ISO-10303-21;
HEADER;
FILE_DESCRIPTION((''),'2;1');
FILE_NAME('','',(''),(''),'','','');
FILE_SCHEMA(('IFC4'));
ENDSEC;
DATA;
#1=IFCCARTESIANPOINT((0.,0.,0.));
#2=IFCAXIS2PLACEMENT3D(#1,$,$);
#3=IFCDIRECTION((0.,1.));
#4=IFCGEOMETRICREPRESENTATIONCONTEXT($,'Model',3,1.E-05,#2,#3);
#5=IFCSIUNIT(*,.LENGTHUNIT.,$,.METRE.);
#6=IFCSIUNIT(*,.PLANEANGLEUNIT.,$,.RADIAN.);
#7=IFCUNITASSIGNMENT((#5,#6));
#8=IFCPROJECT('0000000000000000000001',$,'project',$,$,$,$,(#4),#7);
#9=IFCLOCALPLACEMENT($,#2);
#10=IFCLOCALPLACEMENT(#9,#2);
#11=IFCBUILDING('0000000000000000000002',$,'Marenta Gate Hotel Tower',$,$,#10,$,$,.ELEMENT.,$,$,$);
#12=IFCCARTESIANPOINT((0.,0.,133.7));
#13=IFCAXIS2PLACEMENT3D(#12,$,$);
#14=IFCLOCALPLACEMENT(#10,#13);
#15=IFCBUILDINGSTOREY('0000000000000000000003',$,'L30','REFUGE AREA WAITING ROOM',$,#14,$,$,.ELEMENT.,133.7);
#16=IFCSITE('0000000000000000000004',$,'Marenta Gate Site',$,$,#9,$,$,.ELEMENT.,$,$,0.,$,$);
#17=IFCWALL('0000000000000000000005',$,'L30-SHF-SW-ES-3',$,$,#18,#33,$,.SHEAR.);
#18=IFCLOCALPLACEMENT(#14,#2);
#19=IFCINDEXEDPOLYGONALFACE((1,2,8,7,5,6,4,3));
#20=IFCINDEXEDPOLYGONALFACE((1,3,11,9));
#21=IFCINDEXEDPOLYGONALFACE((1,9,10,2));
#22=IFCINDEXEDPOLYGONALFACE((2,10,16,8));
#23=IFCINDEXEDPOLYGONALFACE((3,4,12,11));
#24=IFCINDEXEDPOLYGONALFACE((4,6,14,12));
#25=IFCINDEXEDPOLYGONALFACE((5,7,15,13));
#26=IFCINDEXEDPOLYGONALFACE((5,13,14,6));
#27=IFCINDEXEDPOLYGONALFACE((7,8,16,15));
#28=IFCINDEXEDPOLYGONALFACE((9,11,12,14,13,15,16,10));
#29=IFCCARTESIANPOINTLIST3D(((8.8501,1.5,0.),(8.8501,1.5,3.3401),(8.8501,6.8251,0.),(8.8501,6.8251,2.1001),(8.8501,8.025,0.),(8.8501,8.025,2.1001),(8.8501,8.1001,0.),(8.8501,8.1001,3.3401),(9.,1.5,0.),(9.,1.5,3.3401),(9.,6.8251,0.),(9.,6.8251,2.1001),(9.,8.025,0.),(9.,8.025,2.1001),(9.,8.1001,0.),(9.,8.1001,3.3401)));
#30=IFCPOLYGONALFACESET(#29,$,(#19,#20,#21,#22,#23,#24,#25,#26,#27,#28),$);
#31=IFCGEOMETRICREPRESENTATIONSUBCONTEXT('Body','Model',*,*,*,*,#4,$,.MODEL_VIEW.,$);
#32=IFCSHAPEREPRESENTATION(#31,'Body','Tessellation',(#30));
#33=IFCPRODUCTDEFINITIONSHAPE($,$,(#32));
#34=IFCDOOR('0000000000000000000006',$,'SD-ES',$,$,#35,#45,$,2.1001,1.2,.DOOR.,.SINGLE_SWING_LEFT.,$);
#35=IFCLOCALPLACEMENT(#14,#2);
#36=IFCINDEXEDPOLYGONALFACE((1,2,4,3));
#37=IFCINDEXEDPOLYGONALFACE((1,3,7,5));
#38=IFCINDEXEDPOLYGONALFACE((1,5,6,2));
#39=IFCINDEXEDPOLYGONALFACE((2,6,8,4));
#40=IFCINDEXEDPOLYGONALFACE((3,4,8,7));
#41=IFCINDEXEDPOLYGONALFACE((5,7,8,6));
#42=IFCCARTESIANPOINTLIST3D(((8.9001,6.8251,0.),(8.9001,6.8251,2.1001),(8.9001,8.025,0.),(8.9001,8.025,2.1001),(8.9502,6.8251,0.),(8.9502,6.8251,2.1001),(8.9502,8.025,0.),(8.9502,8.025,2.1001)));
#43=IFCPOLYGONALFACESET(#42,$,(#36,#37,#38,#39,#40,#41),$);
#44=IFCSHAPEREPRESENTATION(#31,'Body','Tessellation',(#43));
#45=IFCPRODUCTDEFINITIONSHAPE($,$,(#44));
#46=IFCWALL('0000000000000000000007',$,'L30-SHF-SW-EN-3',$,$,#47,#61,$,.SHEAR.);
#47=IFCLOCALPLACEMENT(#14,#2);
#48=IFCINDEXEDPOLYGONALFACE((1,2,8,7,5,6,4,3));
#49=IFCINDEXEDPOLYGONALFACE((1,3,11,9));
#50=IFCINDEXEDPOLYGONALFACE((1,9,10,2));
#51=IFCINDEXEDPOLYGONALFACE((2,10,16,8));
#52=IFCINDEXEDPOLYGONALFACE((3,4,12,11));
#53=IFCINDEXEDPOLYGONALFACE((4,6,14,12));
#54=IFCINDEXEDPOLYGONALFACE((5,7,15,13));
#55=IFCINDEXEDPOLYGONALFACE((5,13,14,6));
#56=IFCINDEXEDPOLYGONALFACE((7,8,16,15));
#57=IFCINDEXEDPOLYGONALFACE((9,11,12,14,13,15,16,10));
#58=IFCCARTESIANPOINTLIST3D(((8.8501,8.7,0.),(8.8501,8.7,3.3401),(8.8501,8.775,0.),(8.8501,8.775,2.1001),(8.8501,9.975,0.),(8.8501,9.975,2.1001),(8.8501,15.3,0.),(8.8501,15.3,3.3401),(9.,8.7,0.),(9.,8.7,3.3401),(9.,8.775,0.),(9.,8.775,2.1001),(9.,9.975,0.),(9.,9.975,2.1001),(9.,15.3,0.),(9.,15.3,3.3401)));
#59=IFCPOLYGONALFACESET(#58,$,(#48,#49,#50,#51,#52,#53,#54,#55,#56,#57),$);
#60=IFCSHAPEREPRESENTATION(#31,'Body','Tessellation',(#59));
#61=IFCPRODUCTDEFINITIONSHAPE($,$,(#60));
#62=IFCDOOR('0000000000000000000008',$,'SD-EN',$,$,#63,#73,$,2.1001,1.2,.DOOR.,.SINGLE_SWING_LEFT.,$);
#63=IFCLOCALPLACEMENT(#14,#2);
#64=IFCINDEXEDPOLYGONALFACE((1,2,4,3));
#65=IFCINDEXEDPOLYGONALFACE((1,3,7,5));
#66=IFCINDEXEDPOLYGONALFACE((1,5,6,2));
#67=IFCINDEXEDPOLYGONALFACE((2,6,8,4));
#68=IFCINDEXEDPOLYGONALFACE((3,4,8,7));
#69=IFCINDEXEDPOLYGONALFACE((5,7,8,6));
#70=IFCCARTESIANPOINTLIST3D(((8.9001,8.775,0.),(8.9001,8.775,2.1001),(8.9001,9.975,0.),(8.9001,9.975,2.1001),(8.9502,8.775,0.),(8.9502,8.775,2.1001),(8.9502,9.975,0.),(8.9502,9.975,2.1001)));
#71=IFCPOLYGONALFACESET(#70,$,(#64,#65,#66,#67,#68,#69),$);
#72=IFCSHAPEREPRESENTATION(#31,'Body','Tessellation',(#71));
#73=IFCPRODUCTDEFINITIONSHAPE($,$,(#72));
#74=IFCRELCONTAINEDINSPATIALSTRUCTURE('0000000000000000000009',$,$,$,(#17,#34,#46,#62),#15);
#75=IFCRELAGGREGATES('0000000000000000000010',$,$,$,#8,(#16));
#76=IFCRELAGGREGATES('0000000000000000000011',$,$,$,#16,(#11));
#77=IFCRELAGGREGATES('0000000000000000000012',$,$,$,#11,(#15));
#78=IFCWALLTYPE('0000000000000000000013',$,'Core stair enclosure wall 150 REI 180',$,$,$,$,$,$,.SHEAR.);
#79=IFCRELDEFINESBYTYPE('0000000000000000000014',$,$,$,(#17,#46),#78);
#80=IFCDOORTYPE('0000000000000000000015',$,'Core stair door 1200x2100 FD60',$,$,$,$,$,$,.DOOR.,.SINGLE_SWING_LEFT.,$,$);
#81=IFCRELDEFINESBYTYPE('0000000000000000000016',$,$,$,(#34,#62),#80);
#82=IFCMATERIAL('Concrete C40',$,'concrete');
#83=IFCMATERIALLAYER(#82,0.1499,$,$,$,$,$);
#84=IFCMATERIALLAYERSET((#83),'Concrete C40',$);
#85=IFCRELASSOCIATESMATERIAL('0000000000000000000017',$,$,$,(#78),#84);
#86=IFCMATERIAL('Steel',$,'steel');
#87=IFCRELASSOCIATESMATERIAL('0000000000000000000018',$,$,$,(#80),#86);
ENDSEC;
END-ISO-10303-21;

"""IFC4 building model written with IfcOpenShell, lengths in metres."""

from ifc_helpers import new_model, si_unit, direction, frame, frame_2d, origin, place, context, subcontext, project, spatial, rectangle, extrude, material, layer, layer_set, type_object, element, fill, save


model = new_model("IFC4")

# Units and contexts
model_context = context("Model", 3, precision=1e-05, world=origin(), true_north=direction((0.0, 1.0)))
body_context = subcontext(model_context, "Body", "Model", "MODEL_VIEW")
ifc_project = project(units=[si_unit("LENGTHUNIT", "METRE"), si_unit("PLANEANGLEUNIT", "RADIAN")], contexts=[model_context])

# Site, building, storey
site_placement = place(None, origin())
site = spatial("IfcSite", under=ifc_project, at=site_placement, Name="Marenta Gate Site", CompositionType="ELEMENT", RefElevation=0.0)
building_placement = place(site_placement, origin())
building = spatial("IfcBuilding", under=site, at=building_placement, Name="Marenta Gate Hotel Tower", CompositionType="ELEMENT")
storey_placement = place(building_placement, frame((0.0, 0.0, 133.7)))
storey = spatial("IfcBuildingStorey", under=building, at=storey_placement, Name="L30", Description="REFUGE AREA WAITING ROOM", CompositionType="ELEMENT", Elevation=133.7)

# Walls, openings, doors
ifc_material_1 = material(Name="Concrete C40", Category="concrete")
ifc_layer_1 = layer(ifc_material_1, 0.1499)
ifc_layer_set_1 = layer_set([ifc_layer_1], Name="Concrete C40")
wall_type_1 = type_object("IfcWallType", Name="Core stair enclosure wall 150 REI 180", PredefinedType="SHEAR", material=ifc_layer_set_1)
wall_1_placement = place(storey_placement, frame((8.925, 1.5, 0.0), z_axis=(0.0, 0.0, 1.0), x_axis=(0.0, 1.0, 0.0)))
wall_1 = element("IfcWall", 1, at=wall_1_placement, inside=storey, type_object=wall_type_1, Name="L30-SHF-SW-ES-3", PredefinedType="SHEAR", context=body_context, shape_type="SweptSolid", body=[
    extrude(rectangle(XDim=6.6001, YDim=0.1499, at=frame_2d((3.3, 0.0))), origin(), (0.0, 0.0, 1.0), 3.3401),
])
opening_1_placement = place(wall_1_placement, frame((5.325, 0.0, 0.0)))
opening_1 = element("IfcOpeningElement", 2, at=opening_1_placement, cuts=wall_1, PredefinedType="OPENING", context=body_context, shape_type="SweptSolid", body=[
    extrude(rectangle(XDim=1.2, YDim=2.1001, at=frame_2d((0.6001, 1.05))), frame((0.0, 0.075, 0.0), z_axis=(0.0, -1.0, 0.0), x_axis=(1.0, 0.0, 0.0)), (0.0, 0.0, 1.0), 0.1499),
])
ifc_material_2 = material(Name="Steel", Category="steel")
door_type_1 = type_object("IfcDoorType", Name="Core stair door 1200x2100 FD60", OperationType="SINGLE_SWING_LEFT", PredefinedType="DOOR", material=ifc_material_2)
door_1_placement = place(opening_1_placement, origin())
door_1 = element("IfcDoor", 3, at=door_1_placement, inside=storey, type_object=door_type_1, Name="SD-ES", OperationType="SINGLE_SWING_LEFT", OverallHeight=2.1001, OverallWidth=1.2, PredefinedType="DOOR", context=body_context, shape_type="SweptSolid", body=[
    extrude(rectangle(XDim=1.2, YDim=2.1001, at=frame_2d((0.6001, 1.05))), frame((0.0, 0.0249, 0.0), z_axis=(0.0, -1.0, 0.0), x_axis=(1.0, 0.0, 0.0)), (0.0, 0.0, 1.0), 0.05),
])
fill(opening_1, door_1)
wall_2_placement = place(storey_placement, frame((8.925, 8.7, 0.0), z_axis=(0.0, 0.0, 1.0), x_axis=(0.0, 1.0, 0.0)))
wall_2 = element("IfcWall", 4, at=wall_2_placement, inside=storey, type_object=wall_type_1, Name="L30-SHF-SW-EN-3", PredefinedType="SHEAR", context=body_context, shape_type="SweptSolid", body=[
    extrude(rectangle(XDim=6.6001, YDim=0.1499, at=frame_2d((3.3, 0.0))), origin(), (0.0, 0.0, 1.0), 3.3401),
])
opening_2_placement = place(wall_2_placement, frame((0.075, 0.0, 0.0)))
opening_2 = element("IfcOpeningElement", 5, at=opening_2_placement, cuts=wall_2, PredefinedType="OPENING", context=body_context, shape_type="SweptSolid", body=[
    extrude(rectangle(XDim=1.2, YDim=2.1001, at=frame_2d((0.6001, 1.05))), frame((0.0, 0.075, 0.0), z_axis=(0.0, -1.0, 0.0), x_axis=(1.0, 0.0, 0.0)), (0.0, 0.0, 1.0), 0.1499),
])
door_2_placement = place(opening_2_placement, origin())
door_2 = element("IfcDoor", 6, at=door_2_placement, inside=storey, type_object=door_type_1, Name="SD-EN", OperationType="SINGLE_SWING_LEFT", OverallHeight=2.1001, OverallWidth=1.2, PredefinedType="DOOR", context=body_context, shape_type="SweptSolid", body=[
    extrude(rectangle(XDim=1.2, YDim=2.1001, at=frame_2d((0.6001, 1.05))), frame((0.0, 0.0249, 0.0), z_axis=(0.0, -1.0, 0.0), x_axis=(1.0, 0.0, 0.0)), (0.0, 0.0, 1.0), 0.05),
])
fill(opening_2, door_2)

save(model, "model.ifc")
